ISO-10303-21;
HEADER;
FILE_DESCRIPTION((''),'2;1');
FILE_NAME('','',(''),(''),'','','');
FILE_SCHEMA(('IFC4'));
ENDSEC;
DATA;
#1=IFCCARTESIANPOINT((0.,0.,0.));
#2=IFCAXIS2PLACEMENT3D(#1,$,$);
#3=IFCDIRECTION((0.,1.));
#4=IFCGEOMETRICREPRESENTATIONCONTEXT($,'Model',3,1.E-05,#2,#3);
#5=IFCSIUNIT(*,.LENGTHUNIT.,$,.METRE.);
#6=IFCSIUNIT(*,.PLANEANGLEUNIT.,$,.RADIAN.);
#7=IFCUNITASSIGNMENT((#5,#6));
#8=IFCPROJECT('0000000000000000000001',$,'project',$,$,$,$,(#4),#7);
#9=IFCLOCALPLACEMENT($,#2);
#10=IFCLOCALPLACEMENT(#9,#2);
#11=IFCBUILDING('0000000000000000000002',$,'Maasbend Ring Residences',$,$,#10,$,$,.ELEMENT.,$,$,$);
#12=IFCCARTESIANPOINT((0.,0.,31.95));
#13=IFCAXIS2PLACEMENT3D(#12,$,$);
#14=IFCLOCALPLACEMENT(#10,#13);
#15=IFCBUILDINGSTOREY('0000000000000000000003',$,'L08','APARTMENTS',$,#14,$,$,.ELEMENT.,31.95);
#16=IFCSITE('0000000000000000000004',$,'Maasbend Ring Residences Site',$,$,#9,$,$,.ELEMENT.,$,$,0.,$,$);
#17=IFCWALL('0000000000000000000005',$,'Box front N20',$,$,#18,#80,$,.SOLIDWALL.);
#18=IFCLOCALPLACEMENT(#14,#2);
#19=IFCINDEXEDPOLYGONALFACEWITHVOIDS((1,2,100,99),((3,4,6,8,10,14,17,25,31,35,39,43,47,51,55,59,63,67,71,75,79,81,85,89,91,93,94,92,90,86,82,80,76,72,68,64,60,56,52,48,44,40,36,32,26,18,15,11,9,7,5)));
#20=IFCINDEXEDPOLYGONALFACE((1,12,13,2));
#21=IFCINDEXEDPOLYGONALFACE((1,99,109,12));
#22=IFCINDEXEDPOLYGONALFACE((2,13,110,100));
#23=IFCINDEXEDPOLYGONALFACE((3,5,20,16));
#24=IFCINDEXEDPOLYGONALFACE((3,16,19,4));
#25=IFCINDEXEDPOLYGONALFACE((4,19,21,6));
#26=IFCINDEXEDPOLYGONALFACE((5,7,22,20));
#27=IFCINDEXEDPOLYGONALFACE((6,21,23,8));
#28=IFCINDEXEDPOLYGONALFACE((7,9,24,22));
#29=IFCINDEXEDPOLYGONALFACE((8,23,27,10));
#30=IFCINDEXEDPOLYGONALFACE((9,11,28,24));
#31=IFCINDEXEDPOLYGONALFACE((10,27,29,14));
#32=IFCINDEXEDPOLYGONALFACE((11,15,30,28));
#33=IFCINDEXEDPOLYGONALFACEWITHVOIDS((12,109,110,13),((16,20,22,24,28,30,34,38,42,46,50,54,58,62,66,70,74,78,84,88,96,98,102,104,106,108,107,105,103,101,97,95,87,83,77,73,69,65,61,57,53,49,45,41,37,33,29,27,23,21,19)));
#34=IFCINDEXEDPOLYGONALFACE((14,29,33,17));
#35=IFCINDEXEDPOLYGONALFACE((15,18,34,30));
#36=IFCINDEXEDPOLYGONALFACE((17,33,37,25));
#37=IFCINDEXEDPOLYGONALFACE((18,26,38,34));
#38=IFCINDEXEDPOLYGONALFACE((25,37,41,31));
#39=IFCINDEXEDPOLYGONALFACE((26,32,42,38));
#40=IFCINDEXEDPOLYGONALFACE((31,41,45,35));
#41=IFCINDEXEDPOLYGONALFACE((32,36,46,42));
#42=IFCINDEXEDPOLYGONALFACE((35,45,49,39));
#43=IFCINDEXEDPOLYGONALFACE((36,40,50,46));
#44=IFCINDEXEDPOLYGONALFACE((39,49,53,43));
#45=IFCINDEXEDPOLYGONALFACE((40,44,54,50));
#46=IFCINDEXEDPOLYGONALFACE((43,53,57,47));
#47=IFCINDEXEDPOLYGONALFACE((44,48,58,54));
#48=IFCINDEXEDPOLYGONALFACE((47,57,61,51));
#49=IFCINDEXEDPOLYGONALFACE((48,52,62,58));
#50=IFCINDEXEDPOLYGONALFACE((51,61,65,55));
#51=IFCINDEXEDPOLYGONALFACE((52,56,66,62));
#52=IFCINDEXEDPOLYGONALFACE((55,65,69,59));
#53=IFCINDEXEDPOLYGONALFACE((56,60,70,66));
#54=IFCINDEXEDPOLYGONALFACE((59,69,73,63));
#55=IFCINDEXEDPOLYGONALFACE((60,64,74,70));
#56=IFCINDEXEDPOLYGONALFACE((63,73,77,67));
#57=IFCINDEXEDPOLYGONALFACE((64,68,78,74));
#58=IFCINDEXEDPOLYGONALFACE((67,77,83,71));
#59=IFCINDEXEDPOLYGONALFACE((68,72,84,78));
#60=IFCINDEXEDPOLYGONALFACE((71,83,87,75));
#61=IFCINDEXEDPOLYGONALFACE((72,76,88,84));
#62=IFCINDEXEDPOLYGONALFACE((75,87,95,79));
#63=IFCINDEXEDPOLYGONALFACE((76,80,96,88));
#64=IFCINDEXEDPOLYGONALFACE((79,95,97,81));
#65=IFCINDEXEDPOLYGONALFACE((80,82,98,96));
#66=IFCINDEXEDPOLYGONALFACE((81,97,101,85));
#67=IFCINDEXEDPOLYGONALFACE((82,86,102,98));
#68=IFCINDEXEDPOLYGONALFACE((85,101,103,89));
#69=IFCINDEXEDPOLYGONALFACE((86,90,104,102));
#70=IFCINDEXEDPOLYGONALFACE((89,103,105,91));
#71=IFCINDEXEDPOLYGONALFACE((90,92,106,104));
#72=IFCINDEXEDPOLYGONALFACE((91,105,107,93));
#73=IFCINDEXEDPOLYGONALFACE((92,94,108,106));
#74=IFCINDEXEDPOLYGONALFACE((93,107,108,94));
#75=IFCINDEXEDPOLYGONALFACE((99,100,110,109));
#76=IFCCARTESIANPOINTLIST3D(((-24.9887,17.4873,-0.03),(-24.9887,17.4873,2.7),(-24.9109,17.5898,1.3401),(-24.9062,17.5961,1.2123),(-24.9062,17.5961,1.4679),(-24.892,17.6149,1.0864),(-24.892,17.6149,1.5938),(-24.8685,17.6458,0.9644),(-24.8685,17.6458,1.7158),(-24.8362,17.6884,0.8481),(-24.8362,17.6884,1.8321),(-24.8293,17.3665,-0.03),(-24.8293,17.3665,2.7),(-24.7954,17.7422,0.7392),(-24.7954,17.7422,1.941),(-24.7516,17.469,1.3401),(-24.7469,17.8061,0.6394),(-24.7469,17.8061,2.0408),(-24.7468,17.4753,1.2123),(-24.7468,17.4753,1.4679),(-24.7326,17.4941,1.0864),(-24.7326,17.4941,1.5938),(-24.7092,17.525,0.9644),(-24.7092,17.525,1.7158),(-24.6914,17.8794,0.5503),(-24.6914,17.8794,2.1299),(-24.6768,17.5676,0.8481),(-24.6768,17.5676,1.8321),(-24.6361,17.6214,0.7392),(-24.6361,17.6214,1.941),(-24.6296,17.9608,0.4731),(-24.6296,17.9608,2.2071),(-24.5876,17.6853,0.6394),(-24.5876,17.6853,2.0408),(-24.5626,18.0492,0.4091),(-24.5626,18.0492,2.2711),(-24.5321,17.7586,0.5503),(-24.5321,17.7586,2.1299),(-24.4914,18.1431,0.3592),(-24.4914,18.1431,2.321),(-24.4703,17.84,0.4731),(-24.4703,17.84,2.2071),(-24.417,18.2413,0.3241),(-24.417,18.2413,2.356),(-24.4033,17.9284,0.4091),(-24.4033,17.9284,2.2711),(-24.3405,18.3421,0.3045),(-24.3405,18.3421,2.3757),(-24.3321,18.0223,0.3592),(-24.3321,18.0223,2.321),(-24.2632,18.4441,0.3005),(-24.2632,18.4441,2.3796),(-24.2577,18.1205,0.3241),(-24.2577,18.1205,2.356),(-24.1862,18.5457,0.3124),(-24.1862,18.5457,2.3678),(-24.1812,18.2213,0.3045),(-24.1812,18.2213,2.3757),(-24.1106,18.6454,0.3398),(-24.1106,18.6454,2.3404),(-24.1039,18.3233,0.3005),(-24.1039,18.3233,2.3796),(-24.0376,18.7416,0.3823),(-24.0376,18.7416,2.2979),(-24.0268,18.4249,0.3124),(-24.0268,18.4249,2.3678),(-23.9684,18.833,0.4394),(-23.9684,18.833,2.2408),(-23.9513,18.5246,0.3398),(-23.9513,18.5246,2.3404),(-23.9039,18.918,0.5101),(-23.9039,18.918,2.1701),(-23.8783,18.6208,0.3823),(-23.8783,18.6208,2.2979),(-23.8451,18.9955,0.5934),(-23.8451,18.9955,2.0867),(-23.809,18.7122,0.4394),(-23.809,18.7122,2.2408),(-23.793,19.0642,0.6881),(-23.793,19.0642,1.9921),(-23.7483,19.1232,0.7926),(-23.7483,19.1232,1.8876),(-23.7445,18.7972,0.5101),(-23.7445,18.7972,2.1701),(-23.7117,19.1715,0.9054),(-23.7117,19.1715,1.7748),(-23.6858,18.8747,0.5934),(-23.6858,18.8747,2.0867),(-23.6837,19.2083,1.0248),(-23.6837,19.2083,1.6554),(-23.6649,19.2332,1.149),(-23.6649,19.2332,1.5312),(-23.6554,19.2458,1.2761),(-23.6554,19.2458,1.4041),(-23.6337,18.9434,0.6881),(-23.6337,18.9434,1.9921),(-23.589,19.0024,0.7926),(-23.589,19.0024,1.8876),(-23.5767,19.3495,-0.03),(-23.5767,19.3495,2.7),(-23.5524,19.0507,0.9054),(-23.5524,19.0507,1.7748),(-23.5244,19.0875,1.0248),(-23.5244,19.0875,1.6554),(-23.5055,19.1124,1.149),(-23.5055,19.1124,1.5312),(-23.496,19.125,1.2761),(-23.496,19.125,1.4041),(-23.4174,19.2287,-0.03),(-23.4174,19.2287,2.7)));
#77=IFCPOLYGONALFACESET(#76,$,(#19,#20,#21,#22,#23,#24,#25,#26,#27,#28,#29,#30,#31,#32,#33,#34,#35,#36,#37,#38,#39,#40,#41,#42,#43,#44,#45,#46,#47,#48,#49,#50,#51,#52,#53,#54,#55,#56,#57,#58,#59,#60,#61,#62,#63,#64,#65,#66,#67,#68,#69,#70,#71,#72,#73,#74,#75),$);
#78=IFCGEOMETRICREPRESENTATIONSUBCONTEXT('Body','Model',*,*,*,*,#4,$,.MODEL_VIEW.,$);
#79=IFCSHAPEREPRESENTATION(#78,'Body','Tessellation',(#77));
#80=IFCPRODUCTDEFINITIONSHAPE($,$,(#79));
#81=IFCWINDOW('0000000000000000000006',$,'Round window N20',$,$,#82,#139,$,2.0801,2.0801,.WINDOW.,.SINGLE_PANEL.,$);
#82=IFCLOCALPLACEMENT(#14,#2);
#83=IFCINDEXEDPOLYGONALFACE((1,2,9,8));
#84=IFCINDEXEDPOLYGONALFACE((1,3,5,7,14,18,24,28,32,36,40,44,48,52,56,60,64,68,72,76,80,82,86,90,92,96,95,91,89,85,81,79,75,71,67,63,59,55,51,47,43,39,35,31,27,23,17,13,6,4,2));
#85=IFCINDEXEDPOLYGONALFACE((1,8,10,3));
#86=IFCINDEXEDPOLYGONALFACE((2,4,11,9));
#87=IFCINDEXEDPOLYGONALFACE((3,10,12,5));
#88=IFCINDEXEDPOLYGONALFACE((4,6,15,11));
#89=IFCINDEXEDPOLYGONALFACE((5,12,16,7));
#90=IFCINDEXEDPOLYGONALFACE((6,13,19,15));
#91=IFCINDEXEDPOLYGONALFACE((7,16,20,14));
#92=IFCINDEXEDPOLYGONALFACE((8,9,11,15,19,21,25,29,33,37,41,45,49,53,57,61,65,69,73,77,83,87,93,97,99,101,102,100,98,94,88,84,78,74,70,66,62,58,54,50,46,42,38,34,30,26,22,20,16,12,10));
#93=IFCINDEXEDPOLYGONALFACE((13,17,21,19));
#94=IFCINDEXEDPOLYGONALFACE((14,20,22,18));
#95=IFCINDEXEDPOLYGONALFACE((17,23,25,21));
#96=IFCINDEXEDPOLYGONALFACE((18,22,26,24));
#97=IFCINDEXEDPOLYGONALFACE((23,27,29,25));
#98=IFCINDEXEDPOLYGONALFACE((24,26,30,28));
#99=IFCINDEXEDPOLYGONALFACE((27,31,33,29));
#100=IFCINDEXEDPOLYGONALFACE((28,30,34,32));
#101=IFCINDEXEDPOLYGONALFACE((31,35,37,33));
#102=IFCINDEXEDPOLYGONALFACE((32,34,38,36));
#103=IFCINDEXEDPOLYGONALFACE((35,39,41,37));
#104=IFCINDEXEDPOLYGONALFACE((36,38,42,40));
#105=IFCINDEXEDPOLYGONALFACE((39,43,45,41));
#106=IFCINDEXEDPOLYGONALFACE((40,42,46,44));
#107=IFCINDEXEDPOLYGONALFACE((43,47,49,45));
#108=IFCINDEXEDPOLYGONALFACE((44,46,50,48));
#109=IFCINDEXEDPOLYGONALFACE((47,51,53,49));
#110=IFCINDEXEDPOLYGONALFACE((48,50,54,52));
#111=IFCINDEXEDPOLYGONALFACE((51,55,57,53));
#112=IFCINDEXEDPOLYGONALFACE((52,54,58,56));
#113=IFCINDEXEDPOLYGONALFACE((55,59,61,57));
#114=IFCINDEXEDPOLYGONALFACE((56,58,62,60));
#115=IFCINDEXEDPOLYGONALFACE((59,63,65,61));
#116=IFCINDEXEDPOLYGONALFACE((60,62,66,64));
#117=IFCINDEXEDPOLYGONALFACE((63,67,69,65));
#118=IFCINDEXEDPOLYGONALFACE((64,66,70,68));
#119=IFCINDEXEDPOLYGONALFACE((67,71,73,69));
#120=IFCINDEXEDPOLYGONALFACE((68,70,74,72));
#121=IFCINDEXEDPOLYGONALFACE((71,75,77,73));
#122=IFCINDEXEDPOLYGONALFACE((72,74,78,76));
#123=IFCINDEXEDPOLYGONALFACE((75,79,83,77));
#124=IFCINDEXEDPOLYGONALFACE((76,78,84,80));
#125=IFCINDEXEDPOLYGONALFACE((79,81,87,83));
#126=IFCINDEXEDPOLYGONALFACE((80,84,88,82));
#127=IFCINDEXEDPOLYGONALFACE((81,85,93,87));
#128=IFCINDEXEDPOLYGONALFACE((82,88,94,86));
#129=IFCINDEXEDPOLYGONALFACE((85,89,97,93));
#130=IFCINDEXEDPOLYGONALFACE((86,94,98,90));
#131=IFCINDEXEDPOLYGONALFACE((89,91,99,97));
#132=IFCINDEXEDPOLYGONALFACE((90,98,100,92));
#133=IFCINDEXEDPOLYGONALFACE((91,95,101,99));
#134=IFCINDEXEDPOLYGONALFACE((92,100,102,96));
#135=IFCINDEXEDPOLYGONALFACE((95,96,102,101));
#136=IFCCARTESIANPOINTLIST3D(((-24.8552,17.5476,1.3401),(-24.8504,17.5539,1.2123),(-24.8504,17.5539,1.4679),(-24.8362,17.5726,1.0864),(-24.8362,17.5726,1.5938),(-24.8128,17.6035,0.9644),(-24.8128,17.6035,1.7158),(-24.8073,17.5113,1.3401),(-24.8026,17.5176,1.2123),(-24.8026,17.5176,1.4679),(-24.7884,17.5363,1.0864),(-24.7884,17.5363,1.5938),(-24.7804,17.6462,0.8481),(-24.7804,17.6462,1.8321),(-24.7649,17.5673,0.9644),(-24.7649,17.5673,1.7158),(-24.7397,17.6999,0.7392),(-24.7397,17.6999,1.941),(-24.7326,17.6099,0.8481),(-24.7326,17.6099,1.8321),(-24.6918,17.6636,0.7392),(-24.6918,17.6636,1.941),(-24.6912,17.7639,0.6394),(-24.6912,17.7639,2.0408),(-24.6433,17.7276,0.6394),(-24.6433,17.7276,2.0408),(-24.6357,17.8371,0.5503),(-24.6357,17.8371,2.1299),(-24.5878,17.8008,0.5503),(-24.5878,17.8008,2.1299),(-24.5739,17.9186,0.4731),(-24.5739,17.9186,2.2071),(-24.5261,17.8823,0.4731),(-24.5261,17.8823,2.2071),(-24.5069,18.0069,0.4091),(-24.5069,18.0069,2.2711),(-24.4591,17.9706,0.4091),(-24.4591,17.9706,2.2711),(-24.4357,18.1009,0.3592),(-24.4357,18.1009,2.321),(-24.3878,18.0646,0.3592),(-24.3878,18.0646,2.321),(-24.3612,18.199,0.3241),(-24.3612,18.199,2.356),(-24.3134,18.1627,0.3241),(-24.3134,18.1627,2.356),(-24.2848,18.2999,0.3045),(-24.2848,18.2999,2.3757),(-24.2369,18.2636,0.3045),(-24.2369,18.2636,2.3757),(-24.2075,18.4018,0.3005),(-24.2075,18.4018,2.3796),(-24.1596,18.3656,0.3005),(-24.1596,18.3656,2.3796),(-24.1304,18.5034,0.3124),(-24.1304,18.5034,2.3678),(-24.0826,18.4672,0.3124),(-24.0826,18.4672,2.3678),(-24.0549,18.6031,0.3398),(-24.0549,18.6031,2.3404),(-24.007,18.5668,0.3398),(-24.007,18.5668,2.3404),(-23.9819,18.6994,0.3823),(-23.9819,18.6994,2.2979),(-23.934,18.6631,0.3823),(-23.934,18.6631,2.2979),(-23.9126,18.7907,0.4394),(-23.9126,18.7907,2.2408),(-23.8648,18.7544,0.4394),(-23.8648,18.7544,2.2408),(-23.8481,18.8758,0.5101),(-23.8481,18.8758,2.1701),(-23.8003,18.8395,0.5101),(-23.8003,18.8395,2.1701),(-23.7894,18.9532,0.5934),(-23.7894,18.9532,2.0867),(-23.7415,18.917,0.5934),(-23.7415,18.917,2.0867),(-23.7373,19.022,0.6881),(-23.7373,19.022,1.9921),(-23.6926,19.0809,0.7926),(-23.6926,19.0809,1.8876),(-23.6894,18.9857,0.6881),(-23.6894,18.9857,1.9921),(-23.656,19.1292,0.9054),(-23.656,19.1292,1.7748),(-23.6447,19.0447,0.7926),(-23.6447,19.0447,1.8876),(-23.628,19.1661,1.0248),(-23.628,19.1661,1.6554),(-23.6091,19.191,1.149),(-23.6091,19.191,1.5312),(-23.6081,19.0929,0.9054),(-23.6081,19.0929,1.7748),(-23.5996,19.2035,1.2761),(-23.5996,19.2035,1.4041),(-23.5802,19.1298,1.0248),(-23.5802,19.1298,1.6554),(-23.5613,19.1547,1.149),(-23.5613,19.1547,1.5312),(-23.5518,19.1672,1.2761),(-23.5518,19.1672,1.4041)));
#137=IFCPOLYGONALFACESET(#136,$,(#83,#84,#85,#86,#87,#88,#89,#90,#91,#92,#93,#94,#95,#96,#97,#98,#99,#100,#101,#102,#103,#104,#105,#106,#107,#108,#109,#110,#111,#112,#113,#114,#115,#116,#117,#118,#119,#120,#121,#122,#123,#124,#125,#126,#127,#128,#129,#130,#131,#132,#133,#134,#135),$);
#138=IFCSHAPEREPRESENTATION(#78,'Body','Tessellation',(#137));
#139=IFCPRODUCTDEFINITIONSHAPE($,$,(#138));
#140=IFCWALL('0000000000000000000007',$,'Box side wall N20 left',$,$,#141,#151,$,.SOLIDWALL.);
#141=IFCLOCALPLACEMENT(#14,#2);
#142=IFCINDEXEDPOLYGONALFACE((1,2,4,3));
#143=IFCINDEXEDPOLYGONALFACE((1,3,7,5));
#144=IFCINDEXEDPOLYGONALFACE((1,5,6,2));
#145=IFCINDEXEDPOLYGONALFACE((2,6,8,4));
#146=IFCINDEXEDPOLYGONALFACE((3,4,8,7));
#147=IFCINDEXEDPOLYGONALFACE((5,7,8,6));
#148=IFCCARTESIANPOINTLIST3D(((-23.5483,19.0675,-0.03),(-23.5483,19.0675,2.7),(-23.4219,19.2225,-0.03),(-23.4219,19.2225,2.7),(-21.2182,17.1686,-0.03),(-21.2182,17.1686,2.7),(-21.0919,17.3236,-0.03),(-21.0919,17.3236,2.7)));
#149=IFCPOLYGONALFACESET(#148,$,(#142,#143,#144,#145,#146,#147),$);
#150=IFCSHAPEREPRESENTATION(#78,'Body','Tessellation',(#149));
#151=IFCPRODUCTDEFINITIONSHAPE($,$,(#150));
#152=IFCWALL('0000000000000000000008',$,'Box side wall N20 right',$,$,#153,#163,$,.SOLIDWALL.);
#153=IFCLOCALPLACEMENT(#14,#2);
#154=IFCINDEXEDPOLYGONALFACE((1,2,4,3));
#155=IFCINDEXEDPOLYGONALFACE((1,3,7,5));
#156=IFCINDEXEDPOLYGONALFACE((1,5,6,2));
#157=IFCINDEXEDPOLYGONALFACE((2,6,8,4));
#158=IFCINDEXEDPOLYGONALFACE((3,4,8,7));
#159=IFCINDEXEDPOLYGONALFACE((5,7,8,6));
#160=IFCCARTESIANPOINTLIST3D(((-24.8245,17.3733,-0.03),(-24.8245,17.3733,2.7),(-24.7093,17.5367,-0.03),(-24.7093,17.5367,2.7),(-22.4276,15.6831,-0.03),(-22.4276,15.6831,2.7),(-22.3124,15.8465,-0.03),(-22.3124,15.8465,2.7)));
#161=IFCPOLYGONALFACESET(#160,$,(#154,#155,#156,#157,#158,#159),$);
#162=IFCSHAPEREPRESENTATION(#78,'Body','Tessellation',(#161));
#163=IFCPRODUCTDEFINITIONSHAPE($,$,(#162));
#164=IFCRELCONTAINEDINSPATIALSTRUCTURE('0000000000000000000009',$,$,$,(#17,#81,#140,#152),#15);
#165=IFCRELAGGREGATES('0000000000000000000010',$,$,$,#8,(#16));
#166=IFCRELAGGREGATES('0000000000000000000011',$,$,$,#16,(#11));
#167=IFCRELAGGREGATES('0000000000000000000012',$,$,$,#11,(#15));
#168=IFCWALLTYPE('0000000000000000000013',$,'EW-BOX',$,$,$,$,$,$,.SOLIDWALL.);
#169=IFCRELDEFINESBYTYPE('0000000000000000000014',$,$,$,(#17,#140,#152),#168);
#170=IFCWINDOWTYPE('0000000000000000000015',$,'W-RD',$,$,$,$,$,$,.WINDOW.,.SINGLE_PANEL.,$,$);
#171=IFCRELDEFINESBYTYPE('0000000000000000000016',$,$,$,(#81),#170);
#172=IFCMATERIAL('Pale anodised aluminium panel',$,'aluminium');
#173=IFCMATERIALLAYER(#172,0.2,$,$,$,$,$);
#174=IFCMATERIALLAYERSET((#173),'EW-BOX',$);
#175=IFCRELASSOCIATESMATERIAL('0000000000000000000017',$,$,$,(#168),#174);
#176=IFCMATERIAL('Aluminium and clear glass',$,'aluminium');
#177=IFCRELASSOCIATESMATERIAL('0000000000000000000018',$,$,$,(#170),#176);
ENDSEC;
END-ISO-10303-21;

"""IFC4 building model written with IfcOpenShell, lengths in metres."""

from ifc_helpers import new_model, si_unit, direction, frame, frame_2d, origin, place, context, subcontext, project, spatial, rectangle, circle, extrude, material, layer, layer_set, type_object, element, fill, save


model = new_model("IFC4")

# Units and contexts
model_context = context("Model", 3, precision=1e-05, world=origin(), true_north=direction((0.0, 1.0)))
body_context = subcontext(model_context, "Body", "Model", "MODEL_VIEW")
ifc_project = project(units=[si_unit("LENGTHUNIT", "METRE"), si_unit("PLANEANGLEUNIT", "RADIAN")], contexts=[model_context])

# Site, building, storey
site_placement = place(None, origin())
site = spatial("IfcSite", under=ifc_project, at=site_placement, Name="Maasbend Ring Residences Site", CompositionType="ELEMENT", RefElevation=0.0)
building_placement = place(site_placement, origin())
building = spatial("IfcBuilding", under=site, at=building_placement, Name="Maasbend Ring Residences", CompositionType="ELEMENT")
storey_placement = place(building_placement, frame((0.0, 0.0, 31.95)))
storey = spatial("IfcBuildingStorey", under=building, at=storey_placement, Name="L08", Description="APARTMENTS", CompositionType="ELEMENT", Elevation=31.95)

# Shared definitions
ifc_material_1 = material(Name="Pale anodised aluminium panel", Category="aluminium")
ifc_layer_1 = layer(ifc_material_1, 0.2)
ifc_layer_set_1 = layer_set([ifc_layer_1], Name="EW-BOX")
wall_type_1 = type_object("IfcWallType", Name="EW-BOX", PredefinedType="SOLIDWALL", material=ifc_layer_set_1)
ifc_material_2 = material(Name="Aluminium and clear glass", Category="aluminium")
window_type_1 = type_object("IfcWindowType", Name="W-RD", PartitioningType="SINGLE_PANEL", PredefinedType="WINDOW", material=ifc_material_2)

# Wall, opening, window
wall_1_placement = place(storey_placement, frame((-23.4971, 19.2891, -0.03), z_axis=(0.0, 0.0, 1.0), x_axis=(-0.604188, -0.796842, 0.0)))
wall_1 = element("IfcWall", 1, at=wall_1_placement, inside=storey, type_object=wall_type_1, Name="Box front N20", PredefinedType="SOLIDWALL", context=body_context, shape_type="SweptSolid", body=[
    extrude(rectangle(XDim=2.3369, YDim=0.2, at=frame_2d((1.1685, 0.0))), origin(), (0.0, 0.0, 1.0), 2.73),
])
opening_1_placement = place(wall_1_placement, frame((0.1282, 0.0, 0.3301)))
opening_1 = element("IfcOpeningElement", 2, at=opening_1_placement, cuts=wall_1, PredefinedType="OPENING", context=body_context, shape_type="SweptSolid", body=[
    extrude(circle(Radius=1.04, at=frame_2d((1.04, 1.04))), frame((0.0, 0.1099, 0.0), z_axis=(0.0, -1.0, 0.0), x_axis=(1.0, 0.0, 0.0)), (0.0, 0.0, 1.0), 0.22),
])
window_1_placement = place(opening_1_placement, origin())
window_1 = element("IfcWindow", 3, at=window_1_placement, inside=storey, type_object=window_type_1, Name="Round window N20", OverallHeight=2.0801, OverallWidth=2.0801, PartitioningType="SINGLE_PANEL", PredefinedType="WINDOW", context=body_context, shape_type="SweptSolid", body=[
    extrude(circle(Radius=1.04, at=frame_2d((1.04, 1.04))), frame((0.0, 0.03, 0.0), z_axis=(0.0, -1.0, 0.0), x_axis=(1.0, 0.0, 0.0)), (0.0, 0.0, 1.0), 0.0601),
])
fill(opening_1, window_1)

# Walls
wall_2_placement = place(storey_placement, frame((-21.155, 17.2461, -0.03), z_axis=(0.0, 0.0, 1.0), x_axis=(-0.775179, 0.631742, 0.0)))
element("IfcWall", 4, at=wall_2_placement, inside=storey, type_object=wall_type_1, Name="Box side wall N20 left", PredefinedType="SOLIDWALL", context=body_context, shape_type="SweptSolid", body=[
    extrude(rectangle(XDim=3.0059, YDim=0.2, at=frame_2d((1.5029, 0.0))), origin(), (0.0, 0.0, 1.0), 2.73),
])
wall_3_placement = place(storey_placement, frame((-22.3701, 15.7649, -0.03), z_axis=(0.0, 0.0, 1.0), x_axis=(-0.817256, 0.576275, 0.0)))
element("IfcWall", 5, at=wall_3_placement, inside=storey, type_object=wall_type_1, Name="Box side wall N20 right", PredefinedType="SOLIDWALL", context=body_context, shape_type="SweptSolid", body=[
    extrude(rectangle(XDim=2.9329, YDim=0.2, at=frame_2d((1.4663, 0.0))), origin(), (0.0, 0.0, 1.0), 2.73),
])

save(model, "model.ifc")
